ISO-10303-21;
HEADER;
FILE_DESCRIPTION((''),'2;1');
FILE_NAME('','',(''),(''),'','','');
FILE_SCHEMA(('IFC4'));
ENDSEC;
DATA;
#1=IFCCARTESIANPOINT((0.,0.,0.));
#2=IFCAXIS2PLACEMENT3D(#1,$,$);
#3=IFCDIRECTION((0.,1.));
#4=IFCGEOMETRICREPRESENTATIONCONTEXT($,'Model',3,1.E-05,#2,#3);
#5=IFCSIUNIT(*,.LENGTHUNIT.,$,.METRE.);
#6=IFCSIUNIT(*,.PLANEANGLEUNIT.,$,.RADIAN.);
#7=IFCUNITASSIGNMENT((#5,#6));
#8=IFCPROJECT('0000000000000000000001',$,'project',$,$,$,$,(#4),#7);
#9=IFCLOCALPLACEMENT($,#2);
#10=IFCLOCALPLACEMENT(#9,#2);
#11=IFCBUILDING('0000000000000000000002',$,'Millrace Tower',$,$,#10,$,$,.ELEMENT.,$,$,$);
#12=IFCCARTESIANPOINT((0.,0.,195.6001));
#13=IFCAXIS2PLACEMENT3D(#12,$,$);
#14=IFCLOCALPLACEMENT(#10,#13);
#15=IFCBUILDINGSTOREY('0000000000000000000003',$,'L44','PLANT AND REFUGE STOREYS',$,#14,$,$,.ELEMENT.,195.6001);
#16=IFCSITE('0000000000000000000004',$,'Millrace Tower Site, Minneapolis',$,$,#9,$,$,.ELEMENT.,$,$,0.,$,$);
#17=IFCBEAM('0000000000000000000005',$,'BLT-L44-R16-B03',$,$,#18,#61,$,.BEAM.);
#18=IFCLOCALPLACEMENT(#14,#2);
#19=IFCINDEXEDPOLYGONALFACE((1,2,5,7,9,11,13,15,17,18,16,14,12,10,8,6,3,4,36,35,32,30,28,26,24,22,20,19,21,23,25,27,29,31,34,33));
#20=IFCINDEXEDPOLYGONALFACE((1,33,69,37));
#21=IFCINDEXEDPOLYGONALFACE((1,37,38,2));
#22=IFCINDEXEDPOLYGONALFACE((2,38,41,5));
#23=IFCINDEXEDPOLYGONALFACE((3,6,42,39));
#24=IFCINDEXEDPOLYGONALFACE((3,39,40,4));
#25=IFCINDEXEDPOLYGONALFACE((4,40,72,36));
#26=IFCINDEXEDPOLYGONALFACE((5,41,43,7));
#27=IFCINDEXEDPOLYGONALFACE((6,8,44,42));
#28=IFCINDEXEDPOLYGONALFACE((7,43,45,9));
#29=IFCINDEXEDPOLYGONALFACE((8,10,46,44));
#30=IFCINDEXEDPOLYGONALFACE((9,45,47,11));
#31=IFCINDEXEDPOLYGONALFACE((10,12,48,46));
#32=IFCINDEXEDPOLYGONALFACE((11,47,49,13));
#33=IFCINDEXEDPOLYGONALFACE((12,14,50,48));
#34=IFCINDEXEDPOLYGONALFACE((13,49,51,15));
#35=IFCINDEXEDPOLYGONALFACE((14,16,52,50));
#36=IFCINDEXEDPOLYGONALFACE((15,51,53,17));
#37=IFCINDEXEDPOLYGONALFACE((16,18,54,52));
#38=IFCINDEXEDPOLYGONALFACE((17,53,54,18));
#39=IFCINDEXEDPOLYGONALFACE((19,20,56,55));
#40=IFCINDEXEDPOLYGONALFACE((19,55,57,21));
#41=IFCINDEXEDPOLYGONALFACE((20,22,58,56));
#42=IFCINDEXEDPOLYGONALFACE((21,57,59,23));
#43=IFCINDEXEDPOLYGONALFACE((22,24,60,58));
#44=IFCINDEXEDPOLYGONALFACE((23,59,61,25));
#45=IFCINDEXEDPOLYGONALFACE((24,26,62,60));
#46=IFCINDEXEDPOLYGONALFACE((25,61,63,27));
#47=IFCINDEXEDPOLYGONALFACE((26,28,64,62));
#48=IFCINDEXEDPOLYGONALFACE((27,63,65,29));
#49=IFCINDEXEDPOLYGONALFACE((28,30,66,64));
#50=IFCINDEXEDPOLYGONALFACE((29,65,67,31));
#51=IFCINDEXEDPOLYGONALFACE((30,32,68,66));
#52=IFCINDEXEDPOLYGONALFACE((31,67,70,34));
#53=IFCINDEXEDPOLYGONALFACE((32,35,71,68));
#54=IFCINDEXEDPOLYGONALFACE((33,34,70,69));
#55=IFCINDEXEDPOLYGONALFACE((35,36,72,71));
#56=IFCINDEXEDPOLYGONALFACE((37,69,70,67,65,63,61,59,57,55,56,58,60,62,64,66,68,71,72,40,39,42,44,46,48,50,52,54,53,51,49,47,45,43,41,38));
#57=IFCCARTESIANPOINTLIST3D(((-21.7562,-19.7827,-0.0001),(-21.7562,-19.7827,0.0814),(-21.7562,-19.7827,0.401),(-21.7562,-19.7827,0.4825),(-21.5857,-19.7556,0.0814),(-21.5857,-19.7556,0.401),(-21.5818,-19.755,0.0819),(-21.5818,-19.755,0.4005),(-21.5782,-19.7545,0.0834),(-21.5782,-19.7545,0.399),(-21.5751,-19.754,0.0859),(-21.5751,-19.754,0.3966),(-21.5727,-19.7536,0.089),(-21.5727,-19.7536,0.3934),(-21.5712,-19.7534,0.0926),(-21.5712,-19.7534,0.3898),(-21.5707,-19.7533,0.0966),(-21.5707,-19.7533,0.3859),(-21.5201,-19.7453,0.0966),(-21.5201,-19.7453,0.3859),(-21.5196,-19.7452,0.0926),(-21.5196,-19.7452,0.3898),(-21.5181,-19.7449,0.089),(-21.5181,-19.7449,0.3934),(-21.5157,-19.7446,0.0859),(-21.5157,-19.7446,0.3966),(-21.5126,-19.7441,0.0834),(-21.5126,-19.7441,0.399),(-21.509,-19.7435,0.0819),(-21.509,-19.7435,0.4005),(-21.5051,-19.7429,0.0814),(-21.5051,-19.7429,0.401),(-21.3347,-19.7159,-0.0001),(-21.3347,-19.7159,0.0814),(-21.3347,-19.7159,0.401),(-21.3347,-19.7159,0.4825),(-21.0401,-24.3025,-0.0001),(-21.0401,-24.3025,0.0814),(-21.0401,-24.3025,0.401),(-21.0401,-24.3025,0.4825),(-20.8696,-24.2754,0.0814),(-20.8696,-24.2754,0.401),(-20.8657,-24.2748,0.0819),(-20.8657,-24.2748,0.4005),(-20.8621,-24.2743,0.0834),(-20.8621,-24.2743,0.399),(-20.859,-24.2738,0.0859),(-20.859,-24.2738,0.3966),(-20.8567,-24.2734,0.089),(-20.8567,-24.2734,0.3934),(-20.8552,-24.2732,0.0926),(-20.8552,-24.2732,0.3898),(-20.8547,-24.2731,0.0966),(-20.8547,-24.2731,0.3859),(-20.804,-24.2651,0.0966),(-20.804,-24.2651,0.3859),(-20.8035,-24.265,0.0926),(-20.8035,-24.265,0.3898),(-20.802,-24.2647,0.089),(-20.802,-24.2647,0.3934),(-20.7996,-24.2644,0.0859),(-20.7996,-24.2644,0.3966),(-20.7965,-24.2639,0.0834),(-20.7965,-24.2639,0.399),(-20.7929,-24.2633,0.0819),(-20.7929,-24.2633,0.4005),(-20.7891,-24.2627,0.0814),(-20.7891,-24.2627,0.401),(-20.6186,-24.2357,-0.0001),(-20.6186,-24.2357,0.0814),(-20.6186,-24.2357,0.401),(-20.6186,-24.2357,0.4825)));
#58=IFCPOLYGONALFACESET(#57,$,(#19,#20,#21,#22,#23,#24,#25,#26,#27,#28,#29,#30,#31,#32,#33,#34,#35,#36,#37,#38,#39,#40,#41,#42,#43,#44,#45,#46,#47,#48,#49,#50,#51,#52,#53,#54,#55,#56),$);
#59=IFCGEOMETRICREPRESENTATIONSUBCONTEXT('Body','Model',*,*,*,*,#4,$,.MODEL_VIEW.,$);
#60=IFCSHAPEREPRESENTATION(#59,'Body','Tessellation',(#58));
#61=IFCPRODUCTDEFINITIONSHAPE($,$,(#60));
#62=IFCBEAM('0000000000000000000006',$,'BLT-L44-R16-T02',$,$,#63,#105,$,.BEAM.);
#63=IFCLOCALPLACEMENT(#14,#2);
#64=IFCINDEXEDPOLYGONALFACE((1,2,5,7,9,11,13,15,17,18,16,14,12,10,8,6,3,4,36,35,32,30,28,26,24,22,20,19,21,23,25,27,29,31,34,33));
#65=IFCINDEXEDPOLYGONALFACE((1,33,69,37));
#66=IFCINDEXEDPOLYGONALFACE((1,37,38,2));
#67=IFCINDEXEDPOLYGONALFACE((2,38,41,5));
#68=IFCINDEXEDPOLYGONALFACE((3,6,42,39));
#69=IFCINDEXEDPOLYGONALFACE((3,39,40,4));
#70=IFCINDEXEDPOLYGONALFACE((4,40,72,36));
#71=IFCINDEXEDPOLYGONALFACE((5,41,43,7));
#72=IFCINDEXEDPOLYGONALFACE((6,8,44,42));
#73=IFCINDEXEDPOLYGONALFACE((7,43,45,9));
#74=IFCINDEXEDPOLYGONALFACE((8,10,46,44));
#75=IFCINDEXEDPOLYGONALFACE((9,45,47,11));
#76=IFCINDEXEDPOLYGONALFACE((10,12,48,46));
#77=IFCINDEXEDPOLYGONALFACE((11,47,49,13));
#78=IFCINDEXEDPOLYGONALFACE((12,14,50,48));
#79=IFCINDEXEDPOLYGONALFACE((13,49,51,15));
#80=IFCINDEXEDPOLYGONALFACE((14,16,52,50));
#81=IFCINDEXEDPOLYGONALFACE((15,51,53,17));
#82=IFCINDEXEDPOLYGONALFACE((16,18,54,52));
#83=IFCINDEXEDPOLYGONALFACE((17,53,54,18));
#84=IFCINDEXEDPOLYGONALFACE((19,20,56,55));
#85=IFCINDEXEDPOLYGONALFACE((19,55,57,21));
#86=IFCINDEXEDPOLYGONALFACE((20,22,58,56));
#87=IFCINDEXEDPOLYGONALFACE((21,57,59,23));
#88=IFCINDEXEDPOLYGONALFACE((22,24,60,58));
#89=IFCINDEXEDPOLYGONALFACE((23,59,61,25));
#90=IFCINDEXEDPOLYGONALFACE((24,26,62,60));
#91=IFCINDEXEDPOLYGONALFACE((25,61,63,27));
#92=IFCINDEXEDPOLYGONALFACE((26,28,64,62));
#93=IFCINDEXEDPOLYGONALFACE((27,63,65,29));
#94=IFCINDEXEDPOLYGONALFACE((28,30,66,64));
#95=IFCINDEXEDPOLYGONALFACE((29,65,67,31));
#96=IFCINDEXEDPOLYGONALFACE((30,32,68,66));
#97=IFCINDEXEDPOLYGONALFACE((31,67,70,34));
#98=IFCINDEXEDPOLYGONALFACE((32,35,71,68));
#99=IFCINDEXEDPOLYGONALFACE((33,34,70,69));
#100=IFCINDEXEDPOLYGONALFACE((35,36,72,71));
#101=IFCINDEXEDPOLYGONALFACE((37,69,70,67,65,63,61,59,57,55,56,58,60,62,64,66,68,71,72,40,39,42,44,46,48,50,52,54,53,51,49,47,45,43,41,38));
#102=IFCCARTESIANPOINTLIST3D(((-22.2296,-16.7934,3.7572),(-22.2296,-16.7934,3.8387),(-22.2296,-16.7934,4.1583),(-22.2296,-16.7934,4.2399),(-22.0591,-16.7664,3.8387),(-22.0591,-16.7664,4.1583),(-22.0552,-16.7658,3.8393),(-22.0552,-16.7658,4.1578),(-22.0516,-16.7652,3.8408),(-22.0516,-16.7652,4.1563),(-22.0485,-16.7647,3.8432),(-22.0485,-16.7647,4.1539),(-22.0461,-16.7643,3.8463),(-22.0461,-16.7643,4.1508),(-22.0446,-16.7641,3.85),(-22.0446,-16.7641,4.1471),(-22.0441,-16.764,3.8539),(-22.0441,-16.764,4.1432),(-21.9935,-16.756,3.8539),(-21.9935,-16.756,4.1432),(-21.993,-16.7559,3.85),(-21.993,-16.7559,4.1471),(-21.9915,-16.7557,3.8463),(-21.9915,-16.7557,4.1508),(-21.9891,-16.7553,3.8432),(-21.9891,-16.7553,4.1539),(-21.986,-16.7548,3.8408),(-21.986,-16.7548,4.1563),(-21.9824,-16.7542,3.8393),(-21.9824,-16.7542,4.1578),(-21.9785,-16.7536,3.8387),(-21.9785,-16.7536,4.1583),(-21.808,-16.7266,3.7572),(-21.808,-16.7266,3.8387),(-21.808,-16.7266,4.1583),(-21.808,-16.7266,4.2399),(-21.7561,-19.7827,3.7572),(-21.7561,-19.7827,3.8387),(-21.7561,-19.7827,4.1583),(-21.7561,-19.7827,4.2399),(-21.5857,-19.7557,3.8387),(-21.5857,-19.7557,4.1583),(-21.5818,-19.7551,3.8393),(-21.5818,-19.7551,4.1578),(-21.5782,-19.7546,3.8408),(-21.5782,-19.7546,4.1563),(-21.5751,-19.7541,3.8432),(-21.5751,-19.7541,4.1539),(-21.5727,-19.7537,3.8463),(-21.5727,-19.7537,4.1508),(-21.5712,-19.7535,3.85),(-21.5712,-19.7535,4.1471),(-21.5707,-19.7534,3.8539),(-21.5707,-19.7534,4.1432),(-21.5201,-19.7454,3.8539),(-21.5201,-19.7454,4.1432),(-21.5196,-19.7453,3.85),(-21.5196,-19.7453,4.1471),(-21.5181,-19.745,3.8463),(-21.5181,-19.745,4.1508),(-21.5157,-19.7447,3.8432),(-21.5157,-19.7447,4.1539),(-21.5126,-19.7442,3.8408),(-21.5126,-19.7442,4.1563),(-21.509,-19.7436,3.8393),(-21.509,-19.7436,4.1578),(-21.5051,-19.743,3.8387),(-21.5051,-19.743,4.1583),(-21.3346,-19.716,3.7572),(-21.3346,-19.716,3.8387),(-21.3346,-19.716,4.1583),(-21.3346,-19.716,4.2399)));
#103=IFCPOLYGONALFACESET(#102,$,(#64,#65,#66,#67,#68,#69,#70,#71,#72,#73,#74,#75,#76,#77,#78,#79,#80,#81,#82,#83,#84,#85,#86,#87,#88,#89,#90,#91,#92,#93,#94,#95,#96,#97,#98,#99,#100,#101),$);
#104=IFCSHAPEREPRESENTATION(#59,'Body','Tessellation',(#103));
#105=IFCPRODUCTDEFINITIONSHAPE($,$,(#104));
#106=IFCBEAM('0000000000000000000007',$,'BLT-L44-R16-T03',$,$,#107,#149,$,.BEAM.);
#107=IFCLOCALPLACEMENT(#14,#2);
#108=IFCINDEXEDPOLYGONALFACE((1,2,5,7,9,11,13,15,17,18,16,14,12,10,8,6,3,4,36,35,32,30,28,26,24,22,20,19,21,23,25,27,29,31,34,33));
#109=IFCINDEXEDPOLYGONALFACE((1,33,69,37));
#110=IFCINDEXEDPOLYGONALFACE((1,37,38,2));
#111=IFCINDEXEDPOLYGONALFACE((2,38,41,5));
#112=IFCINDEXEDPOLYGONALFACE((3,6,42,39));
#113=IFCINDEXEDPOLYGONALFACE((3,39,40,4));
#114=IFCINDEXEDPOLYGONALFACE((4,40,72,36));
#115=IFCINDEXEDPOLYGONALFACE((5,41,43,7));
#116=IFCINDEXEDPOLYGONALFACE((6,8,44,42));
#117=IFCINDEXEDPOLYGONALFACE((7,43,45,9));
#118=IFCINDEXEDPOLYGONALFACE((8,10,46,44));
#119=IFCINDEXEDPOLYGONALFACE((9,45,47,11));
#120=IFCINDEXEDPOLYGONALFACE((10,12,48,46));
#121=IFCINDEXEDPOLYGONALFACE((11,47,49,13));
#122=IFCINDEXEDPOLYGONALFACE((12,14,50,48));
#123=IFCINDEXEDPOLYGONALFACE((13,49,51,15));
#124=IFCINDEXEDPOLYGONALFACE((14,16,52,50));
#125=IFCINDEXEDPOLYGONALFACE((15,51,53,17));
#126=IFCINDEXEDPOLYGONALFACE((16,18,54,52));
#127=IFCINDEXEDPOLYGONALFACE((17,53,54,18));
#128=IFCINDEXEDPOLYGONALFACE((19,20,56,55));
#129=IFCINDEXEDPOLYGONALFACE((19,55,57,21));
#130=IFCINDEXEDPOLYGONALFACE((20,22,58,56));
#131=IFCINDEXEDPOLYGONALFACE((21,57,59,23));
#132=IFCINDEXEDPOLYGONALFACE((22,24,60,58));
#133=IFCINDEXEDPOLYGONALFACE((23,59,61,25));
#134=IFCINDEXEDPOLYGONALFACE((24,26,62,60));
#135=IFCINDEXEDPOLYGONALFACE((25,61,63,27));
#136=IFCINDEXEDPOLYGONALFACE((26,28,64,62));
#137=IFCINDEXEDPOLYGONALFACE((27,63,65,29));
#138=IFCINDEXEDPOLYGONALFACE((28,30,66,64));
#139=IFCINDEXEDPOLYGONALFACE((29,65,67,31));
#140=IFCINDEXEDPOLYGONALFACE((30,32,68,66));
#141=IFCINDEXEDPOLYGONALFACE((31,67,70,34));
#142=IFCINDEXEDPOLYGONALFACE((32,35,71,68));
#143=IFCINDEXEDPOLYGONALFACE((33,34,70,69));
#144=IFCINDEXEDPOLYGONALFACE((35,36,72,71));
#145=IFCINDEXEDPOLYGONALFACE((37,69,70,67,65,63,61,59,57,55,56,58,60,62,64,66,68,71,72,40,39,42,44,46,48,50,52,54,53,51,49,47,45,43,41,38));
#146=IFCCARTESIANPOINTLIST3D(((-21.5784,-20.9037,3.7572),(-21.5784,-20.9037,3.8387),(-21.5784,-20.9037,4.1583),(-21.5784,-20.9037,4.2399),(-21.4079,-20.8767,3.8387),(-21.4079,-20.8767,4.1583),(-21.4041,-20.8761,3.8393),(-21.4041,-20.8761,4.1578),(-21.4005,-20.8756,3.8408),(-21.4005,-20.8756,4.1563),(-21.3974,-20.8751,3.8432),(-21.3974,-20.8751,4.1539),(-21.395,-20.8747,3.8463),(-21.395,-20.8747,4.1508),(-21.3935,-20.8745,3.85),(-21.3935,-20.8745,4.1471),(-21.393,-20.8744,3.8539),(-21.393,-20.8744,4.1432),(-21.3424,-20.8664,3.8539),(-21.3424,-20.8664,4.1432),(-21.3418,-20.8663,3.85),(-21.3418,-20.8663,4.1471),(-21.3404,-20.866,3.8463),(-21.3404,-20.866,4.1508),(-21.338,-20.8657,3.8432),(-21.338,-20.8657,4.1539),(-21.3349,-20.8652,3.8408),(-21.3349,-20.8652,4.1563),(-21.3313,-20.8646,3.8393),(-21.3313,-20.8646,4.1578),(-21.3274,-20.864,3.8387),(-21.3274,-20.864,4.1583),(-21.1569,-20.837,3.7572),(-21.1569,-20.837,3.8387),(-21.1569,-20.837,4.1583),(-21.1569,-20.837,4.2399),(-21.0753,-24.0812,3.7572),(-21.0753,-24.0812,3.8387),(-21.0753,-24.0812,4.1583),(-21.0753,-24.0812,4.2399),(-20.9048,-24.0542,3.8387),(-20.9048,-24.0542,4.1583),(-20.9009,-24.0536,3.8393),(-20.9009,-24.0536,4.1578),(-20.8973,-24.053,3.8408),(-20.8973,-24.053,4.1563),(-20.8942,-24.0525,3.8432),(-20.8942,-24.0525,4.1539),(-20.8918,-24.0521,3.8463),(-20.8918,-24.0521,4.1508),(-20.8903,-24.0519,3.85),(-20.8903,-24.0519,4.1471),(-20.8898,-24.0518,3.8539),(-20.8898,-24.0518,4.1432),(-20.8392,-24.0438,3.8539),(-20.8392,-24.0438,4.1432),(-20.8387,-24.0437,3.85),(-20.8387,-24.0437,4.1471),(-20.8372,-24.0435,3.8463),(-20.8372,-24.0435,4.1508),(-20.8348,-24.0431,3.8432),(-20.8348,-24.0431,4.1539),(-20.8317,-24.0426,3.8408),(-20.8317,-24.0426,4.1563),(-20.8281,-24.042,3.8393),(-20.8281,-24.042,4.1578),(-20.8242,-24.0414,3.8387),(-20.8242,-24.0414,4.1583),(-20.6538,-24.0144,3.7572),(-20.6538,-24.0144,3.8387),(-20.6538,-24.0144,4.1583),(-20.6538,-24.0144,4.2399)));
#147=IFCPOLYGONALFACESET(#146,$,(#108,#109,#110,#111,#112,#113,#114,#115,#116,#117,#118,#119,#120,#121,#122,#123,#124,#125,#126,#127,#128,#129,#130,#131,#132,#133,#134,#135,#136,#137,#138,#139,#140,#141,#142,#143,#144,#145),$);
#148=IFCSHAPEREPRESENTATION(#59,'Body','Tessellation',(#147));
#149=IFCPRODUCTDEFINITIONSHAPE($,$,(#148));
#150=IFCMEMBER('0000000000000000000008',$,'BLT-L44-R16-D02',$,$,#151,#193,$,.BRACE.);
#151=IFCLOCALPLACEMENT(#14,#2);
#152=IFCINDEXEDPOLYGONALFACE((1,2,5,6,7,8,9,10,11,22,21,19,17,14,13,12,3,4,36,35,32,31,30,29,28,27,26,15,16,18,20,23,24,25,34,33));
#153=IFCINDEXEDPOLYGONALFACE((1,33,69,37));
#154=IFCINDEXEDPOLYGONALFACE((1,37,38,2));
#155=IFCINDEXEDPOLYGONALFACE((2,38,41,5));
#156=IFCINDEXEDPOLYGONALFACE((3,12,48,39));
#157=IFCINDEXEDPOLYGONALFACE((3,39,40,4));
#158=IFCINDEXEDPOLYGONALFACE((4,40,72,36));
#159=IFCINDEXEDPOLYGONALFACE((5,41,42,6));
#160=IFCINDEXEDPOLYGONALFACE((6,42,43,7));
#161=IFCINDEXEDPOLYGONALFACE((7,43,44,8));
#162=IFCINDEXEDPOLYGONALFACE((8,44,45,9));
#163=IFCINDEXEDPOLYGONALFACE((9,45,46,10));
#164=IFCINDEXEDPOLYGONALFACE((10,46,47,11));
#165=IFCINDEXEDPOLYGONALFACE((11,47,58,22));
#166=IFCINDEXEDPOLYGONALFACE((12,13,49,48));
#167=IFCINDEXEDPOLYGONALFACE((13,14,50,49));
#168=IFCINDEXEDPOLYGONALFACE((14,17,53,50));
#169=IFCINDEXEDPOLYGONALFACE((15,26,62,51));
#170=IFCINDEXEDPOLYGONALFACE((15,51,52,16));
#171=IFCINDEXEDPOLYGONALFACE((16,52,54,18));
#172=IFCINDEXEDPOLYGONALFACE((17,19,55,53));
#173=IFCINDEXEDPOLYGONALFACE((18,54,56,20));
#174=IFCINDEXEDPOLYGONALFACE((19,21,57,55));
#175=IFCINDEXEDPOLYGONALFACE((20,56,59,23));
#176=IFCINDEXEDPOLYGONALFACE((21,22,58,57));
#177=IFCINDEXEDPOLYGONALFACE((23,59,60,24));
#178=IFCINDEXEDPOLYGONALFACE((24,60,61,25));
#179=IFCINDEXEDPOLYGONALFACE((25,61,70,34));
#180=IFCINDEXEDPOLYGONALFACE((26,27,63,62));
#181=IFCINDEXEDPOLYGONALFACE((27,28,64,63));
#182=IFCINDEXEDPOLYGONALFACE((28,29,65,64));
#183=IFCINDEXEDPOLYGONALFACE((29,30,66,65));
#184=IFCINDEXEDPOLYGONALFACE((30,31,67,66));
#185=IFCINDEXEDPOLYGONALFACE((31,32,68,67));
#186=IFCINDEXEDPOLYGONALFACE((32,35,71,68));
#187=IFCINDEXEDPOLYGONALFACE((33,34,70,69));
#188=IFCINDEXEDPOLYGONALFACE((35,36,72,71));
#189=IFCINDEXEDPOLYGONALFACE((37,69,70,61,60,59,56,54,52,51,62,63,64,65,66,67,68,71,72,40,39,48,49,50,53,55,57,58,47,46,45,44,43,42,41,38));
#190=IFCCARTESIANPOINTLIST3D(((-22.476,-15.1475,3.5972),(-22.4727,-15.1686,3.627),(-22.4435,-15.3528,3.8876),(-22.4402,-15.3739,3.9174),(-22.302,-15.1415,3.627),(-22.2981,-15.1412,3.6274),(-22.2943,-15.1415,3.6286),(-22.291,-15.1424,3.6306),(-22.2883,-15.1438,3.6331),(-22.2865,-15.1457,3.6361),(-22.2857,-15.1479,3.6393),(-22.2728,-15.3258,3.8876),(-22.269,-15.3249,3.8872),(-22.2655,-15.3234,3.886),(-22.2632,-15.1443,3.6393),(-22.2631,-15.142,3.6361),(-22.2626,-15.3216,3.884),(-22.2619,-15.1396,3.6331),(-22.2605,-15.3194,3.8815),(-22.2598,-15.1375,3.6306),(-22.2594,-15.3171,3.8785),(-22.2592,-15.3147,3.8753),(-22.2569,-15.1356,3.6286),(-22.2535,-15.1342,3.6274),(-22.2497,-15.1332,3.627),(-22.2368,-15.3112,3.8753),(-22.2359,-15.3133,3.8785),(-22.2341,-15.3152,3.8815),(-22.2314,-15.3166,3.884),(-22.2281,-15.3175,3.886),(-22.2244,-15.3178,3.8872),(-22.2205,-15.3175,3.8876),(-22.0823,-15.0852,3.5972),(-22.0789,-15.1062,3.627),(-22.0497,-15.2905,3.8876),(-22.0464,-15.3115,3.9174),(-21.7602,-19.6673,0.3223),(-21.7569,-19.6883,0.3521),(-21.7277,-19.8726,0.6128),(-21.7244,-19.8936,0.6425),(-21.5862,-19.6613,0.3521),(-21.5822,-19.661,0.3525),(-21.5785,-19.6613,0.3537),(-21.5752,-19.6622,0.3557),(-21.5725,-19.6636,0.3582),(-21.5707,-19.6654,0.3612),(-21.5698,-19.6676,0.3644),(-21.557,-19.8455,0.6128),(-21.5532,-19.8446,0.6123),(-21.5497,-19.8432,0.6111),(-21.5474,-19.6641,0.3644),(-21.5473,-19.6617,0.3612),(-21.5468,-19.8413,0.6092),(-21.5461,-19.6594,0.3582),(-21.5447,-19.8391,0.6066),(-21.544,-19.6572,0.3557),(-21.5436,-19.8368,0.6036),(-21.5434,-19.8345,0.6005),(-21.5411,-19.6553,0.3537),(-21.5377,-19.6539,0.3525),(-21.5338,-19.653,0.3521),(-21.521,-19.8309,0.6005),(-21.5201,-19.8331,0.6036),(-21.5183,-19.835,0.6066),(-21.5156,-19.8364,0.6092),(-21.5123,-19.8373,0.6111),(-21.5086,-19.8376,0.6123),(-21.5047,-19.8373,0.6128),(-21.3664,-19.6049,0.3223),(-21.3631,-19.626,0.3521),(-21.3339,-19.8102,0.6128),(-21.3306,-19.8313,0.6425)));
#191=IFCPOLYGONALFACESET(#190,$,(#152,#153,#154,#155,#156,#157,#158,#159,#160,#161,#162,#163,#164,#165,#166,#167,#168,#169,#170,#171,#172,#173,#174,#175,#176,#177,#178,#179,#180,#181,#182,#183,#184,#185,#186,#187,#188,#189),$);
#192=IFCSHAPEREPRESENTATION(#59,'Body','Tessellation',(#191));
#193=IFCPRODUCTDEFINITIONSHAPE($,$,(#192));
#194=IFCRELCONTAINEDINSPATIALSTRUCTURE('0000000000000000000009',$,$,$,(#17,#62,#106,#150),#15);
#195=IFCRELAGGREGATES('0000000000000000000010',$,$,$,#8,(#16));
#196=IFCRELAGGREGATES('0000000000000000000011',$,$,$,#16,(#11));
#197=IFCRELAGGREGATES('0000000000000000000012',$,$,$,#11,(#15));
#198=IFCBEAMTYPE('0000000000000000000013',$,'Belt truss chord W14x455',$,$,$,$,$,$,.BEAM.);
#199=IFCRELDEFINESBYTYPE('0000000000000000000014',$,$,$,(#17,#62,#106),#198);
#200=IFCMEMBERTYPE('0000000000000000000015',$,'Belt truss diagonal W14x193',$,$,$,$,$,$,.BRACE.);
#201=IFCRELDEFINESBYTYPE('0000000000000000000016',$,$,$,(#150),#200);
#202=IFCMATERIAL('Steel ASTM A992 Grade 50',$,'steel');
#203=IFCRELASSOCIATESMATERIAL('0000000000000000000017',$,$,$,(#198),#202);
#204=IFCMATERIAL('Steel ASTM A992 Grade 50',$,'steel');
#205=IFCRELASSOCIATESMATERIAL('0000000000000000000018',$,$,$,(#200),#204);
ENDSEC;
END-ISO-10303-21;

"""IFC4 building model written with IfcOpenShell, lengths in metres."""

from ifc_helpers import new_model, si_unit, direction, frame, origin, origin_2d, place, context, subcontext, project, spatial, i_section, extrude, material, material_profile, profile_set, type_object, element, save


model = new_model("IFC4")

# Units and contexts
model_context = context("Model", 3, precision=1e-05, world=origin(), true_north=direction((0.0, 1.0)))
body_context = subcontext(model_context, "Body", "Model", "MODEL_VIEW")
ifc_project = project(units=[si_unit("LENGTHUNIT", "METRE"), si_unit("PLANEANGLEUNIT", "RADIAN")], contexts=[model_context])

# Site, building, storey
site_placement = place(None, origin())
site = spatial("IfcSite", under=ifc_project, at=site_placement, Name="Millrace Tower Site, Minneapolis", CompositionType="ELEMENT", RefElevation=0.0)
building_placement = place(site_placement, origin())
building = spatial("IfcBuilding", under=site, at=building_placement, Name="Millrace Tower", CompositionType="ELEMENT")
storey_placement = place(building_placement, frame((0.0, 0.0, 195.6001)))
storey = spatial("IfcBuildingStorey", under=building, at=storey_placement, Name="L44", Description="PLANT AND REFUGE STOREYS", CompositionType="ELEMENT", Elevation=195.6001)

# Beams
ifc_material_1 = material(Name="Steel ASTM A992 Grade 50", Category="steel")
ifc_material_profile_1 = material_profile(ifc_material_1, i_section(OverallWidth=0.4268, OverallDepth=0.4827, WebThickness=0.0513, FlangeThickness=0.0815, FilletRadius=0.0151, at=origin_2d()))
ifc_profile_set_1 = profile_set([ifc_material_profile_1], Name="Steel ASTM A992 Grade 50")
beam_type_1 = type_object("IfcBeamType", Name="Belt truss chord W14x455", PredefinedType="BEAM", material=ifc_profile_set_1)
beam_1_placement = place(storey_placement, frame((-21.5454, -19.7493, 0.2412), z_axis=(0.156478, -0.987682, 0.0), x_axis=(0.987682, 0.156478, 0.0)))
element("IfcBeam", 1, at=beam_1_placement, inside=storey, type_object=beam_type_1, Name="BLT-L44-R16-B03", PredefinedType="BEAM", context=body_context, shape_type="SweptSolid", body=[
    extrude(i_section(OverallWidth=0.4268, OverallDepth=0.4827, WebThickness=0.0513, FlangeThickness=0.0815, FilletRadius=0.0151, at=origin_2d()), origin(), (0.0, 0.0, 1.0), 4.5762),
])
beam_2_placement = place(storey_placement, frame((-22.0188, -16.76, 3.9985), z_axis=(0.156414, -0.987692, 0.0), x_axis=(0.987692, 0.156414, 0.0)))
element("IfcBeam", 2, at=beam_2_placement, inside=storey, type_object=beam_type_1, Name="BLT-L44-R16-T02", PredefinedType="BEAM", context=body_context, shape_type="SweptSolid", body=[
    extrude(i_section(OverallWidth=0.4268, OverallDepth=0.4827, WebThickness=0.0513, FlangeThickness=0.0815, FilletRadius=0.0151, at=origin_2d()), origin(), (0.0, 0.0, 1.0), 3.0266),
])
beam_3_placement = place(storey_placement, frame((-21.3677, -20.8704, 3.9985), z_axis=(0.156407, -0.987693, 0.0), x_axis=(0.987693, 0.156407, 0.0)))
element("IfcBeam", 3, at=beam_3_placement, inside=storey, type_object=beam_type_1, Name="BLT-L44-R16-T03", PredefinedType="BEAM", context=body_context, shape_type="SweptSolid", body=[
    extrude(i_section(OverallWidth=0.4268, OverallDepth=0.4827, WebThickness=0.0513, FlangeThickness=0.0815, FilletRadius=0.0151, at=origin_2d()), origin(), (0.0, 0.0, 1.0), 3.217),
])

# Member
ifc_material_2 = material(Name="Steel ASTM A992 Grade 50", Category="steel")
ifc_material_profile_2 = material_profile(ifc_material_2, i_section(OverallWidth=0.3987, OverallDepth=0.3938, WebThickness=0.0227, FlangeThickness=0.0366, FilletRadius=0.0151, at=origin_2d()))
ifc_profile_set_2 = profile_set([ifc_material_profile_2], Name="Steel ASTM A992 Grade 50")
member_type_1 = type_object("IfcMemberType", Name="Belt truss diagonal W14x193", PredefinedType="BRACE", material=ifc_profile_set_2)
member_1_placement = place(storey_placement, frame((-21.5454, -19.7493, 0.4824), z_axis=(-0.127206, 0.803197, 0.581974), x_axis=(-0.98769, -0.156426, 0.0)))
element("IfcMember", 4, at=member_1_placement, inside=storey, type_object=member_type_1, Name="BLT-L44-R16-D02", PredefinedType="BRACE", context=body_context, shape_type="SweptSolid", body=[
    extrude(i_section(OverallWidth=0.3987, OverallDepth=0.3938, WebThickness=0.0227, FlangeThickness=0.0366, FilletRadius=0.0151, at=origin_2d()), origin(), (0.0, 0.0, 1.0), 5.6272),
])

save(model, "model.ifc")
